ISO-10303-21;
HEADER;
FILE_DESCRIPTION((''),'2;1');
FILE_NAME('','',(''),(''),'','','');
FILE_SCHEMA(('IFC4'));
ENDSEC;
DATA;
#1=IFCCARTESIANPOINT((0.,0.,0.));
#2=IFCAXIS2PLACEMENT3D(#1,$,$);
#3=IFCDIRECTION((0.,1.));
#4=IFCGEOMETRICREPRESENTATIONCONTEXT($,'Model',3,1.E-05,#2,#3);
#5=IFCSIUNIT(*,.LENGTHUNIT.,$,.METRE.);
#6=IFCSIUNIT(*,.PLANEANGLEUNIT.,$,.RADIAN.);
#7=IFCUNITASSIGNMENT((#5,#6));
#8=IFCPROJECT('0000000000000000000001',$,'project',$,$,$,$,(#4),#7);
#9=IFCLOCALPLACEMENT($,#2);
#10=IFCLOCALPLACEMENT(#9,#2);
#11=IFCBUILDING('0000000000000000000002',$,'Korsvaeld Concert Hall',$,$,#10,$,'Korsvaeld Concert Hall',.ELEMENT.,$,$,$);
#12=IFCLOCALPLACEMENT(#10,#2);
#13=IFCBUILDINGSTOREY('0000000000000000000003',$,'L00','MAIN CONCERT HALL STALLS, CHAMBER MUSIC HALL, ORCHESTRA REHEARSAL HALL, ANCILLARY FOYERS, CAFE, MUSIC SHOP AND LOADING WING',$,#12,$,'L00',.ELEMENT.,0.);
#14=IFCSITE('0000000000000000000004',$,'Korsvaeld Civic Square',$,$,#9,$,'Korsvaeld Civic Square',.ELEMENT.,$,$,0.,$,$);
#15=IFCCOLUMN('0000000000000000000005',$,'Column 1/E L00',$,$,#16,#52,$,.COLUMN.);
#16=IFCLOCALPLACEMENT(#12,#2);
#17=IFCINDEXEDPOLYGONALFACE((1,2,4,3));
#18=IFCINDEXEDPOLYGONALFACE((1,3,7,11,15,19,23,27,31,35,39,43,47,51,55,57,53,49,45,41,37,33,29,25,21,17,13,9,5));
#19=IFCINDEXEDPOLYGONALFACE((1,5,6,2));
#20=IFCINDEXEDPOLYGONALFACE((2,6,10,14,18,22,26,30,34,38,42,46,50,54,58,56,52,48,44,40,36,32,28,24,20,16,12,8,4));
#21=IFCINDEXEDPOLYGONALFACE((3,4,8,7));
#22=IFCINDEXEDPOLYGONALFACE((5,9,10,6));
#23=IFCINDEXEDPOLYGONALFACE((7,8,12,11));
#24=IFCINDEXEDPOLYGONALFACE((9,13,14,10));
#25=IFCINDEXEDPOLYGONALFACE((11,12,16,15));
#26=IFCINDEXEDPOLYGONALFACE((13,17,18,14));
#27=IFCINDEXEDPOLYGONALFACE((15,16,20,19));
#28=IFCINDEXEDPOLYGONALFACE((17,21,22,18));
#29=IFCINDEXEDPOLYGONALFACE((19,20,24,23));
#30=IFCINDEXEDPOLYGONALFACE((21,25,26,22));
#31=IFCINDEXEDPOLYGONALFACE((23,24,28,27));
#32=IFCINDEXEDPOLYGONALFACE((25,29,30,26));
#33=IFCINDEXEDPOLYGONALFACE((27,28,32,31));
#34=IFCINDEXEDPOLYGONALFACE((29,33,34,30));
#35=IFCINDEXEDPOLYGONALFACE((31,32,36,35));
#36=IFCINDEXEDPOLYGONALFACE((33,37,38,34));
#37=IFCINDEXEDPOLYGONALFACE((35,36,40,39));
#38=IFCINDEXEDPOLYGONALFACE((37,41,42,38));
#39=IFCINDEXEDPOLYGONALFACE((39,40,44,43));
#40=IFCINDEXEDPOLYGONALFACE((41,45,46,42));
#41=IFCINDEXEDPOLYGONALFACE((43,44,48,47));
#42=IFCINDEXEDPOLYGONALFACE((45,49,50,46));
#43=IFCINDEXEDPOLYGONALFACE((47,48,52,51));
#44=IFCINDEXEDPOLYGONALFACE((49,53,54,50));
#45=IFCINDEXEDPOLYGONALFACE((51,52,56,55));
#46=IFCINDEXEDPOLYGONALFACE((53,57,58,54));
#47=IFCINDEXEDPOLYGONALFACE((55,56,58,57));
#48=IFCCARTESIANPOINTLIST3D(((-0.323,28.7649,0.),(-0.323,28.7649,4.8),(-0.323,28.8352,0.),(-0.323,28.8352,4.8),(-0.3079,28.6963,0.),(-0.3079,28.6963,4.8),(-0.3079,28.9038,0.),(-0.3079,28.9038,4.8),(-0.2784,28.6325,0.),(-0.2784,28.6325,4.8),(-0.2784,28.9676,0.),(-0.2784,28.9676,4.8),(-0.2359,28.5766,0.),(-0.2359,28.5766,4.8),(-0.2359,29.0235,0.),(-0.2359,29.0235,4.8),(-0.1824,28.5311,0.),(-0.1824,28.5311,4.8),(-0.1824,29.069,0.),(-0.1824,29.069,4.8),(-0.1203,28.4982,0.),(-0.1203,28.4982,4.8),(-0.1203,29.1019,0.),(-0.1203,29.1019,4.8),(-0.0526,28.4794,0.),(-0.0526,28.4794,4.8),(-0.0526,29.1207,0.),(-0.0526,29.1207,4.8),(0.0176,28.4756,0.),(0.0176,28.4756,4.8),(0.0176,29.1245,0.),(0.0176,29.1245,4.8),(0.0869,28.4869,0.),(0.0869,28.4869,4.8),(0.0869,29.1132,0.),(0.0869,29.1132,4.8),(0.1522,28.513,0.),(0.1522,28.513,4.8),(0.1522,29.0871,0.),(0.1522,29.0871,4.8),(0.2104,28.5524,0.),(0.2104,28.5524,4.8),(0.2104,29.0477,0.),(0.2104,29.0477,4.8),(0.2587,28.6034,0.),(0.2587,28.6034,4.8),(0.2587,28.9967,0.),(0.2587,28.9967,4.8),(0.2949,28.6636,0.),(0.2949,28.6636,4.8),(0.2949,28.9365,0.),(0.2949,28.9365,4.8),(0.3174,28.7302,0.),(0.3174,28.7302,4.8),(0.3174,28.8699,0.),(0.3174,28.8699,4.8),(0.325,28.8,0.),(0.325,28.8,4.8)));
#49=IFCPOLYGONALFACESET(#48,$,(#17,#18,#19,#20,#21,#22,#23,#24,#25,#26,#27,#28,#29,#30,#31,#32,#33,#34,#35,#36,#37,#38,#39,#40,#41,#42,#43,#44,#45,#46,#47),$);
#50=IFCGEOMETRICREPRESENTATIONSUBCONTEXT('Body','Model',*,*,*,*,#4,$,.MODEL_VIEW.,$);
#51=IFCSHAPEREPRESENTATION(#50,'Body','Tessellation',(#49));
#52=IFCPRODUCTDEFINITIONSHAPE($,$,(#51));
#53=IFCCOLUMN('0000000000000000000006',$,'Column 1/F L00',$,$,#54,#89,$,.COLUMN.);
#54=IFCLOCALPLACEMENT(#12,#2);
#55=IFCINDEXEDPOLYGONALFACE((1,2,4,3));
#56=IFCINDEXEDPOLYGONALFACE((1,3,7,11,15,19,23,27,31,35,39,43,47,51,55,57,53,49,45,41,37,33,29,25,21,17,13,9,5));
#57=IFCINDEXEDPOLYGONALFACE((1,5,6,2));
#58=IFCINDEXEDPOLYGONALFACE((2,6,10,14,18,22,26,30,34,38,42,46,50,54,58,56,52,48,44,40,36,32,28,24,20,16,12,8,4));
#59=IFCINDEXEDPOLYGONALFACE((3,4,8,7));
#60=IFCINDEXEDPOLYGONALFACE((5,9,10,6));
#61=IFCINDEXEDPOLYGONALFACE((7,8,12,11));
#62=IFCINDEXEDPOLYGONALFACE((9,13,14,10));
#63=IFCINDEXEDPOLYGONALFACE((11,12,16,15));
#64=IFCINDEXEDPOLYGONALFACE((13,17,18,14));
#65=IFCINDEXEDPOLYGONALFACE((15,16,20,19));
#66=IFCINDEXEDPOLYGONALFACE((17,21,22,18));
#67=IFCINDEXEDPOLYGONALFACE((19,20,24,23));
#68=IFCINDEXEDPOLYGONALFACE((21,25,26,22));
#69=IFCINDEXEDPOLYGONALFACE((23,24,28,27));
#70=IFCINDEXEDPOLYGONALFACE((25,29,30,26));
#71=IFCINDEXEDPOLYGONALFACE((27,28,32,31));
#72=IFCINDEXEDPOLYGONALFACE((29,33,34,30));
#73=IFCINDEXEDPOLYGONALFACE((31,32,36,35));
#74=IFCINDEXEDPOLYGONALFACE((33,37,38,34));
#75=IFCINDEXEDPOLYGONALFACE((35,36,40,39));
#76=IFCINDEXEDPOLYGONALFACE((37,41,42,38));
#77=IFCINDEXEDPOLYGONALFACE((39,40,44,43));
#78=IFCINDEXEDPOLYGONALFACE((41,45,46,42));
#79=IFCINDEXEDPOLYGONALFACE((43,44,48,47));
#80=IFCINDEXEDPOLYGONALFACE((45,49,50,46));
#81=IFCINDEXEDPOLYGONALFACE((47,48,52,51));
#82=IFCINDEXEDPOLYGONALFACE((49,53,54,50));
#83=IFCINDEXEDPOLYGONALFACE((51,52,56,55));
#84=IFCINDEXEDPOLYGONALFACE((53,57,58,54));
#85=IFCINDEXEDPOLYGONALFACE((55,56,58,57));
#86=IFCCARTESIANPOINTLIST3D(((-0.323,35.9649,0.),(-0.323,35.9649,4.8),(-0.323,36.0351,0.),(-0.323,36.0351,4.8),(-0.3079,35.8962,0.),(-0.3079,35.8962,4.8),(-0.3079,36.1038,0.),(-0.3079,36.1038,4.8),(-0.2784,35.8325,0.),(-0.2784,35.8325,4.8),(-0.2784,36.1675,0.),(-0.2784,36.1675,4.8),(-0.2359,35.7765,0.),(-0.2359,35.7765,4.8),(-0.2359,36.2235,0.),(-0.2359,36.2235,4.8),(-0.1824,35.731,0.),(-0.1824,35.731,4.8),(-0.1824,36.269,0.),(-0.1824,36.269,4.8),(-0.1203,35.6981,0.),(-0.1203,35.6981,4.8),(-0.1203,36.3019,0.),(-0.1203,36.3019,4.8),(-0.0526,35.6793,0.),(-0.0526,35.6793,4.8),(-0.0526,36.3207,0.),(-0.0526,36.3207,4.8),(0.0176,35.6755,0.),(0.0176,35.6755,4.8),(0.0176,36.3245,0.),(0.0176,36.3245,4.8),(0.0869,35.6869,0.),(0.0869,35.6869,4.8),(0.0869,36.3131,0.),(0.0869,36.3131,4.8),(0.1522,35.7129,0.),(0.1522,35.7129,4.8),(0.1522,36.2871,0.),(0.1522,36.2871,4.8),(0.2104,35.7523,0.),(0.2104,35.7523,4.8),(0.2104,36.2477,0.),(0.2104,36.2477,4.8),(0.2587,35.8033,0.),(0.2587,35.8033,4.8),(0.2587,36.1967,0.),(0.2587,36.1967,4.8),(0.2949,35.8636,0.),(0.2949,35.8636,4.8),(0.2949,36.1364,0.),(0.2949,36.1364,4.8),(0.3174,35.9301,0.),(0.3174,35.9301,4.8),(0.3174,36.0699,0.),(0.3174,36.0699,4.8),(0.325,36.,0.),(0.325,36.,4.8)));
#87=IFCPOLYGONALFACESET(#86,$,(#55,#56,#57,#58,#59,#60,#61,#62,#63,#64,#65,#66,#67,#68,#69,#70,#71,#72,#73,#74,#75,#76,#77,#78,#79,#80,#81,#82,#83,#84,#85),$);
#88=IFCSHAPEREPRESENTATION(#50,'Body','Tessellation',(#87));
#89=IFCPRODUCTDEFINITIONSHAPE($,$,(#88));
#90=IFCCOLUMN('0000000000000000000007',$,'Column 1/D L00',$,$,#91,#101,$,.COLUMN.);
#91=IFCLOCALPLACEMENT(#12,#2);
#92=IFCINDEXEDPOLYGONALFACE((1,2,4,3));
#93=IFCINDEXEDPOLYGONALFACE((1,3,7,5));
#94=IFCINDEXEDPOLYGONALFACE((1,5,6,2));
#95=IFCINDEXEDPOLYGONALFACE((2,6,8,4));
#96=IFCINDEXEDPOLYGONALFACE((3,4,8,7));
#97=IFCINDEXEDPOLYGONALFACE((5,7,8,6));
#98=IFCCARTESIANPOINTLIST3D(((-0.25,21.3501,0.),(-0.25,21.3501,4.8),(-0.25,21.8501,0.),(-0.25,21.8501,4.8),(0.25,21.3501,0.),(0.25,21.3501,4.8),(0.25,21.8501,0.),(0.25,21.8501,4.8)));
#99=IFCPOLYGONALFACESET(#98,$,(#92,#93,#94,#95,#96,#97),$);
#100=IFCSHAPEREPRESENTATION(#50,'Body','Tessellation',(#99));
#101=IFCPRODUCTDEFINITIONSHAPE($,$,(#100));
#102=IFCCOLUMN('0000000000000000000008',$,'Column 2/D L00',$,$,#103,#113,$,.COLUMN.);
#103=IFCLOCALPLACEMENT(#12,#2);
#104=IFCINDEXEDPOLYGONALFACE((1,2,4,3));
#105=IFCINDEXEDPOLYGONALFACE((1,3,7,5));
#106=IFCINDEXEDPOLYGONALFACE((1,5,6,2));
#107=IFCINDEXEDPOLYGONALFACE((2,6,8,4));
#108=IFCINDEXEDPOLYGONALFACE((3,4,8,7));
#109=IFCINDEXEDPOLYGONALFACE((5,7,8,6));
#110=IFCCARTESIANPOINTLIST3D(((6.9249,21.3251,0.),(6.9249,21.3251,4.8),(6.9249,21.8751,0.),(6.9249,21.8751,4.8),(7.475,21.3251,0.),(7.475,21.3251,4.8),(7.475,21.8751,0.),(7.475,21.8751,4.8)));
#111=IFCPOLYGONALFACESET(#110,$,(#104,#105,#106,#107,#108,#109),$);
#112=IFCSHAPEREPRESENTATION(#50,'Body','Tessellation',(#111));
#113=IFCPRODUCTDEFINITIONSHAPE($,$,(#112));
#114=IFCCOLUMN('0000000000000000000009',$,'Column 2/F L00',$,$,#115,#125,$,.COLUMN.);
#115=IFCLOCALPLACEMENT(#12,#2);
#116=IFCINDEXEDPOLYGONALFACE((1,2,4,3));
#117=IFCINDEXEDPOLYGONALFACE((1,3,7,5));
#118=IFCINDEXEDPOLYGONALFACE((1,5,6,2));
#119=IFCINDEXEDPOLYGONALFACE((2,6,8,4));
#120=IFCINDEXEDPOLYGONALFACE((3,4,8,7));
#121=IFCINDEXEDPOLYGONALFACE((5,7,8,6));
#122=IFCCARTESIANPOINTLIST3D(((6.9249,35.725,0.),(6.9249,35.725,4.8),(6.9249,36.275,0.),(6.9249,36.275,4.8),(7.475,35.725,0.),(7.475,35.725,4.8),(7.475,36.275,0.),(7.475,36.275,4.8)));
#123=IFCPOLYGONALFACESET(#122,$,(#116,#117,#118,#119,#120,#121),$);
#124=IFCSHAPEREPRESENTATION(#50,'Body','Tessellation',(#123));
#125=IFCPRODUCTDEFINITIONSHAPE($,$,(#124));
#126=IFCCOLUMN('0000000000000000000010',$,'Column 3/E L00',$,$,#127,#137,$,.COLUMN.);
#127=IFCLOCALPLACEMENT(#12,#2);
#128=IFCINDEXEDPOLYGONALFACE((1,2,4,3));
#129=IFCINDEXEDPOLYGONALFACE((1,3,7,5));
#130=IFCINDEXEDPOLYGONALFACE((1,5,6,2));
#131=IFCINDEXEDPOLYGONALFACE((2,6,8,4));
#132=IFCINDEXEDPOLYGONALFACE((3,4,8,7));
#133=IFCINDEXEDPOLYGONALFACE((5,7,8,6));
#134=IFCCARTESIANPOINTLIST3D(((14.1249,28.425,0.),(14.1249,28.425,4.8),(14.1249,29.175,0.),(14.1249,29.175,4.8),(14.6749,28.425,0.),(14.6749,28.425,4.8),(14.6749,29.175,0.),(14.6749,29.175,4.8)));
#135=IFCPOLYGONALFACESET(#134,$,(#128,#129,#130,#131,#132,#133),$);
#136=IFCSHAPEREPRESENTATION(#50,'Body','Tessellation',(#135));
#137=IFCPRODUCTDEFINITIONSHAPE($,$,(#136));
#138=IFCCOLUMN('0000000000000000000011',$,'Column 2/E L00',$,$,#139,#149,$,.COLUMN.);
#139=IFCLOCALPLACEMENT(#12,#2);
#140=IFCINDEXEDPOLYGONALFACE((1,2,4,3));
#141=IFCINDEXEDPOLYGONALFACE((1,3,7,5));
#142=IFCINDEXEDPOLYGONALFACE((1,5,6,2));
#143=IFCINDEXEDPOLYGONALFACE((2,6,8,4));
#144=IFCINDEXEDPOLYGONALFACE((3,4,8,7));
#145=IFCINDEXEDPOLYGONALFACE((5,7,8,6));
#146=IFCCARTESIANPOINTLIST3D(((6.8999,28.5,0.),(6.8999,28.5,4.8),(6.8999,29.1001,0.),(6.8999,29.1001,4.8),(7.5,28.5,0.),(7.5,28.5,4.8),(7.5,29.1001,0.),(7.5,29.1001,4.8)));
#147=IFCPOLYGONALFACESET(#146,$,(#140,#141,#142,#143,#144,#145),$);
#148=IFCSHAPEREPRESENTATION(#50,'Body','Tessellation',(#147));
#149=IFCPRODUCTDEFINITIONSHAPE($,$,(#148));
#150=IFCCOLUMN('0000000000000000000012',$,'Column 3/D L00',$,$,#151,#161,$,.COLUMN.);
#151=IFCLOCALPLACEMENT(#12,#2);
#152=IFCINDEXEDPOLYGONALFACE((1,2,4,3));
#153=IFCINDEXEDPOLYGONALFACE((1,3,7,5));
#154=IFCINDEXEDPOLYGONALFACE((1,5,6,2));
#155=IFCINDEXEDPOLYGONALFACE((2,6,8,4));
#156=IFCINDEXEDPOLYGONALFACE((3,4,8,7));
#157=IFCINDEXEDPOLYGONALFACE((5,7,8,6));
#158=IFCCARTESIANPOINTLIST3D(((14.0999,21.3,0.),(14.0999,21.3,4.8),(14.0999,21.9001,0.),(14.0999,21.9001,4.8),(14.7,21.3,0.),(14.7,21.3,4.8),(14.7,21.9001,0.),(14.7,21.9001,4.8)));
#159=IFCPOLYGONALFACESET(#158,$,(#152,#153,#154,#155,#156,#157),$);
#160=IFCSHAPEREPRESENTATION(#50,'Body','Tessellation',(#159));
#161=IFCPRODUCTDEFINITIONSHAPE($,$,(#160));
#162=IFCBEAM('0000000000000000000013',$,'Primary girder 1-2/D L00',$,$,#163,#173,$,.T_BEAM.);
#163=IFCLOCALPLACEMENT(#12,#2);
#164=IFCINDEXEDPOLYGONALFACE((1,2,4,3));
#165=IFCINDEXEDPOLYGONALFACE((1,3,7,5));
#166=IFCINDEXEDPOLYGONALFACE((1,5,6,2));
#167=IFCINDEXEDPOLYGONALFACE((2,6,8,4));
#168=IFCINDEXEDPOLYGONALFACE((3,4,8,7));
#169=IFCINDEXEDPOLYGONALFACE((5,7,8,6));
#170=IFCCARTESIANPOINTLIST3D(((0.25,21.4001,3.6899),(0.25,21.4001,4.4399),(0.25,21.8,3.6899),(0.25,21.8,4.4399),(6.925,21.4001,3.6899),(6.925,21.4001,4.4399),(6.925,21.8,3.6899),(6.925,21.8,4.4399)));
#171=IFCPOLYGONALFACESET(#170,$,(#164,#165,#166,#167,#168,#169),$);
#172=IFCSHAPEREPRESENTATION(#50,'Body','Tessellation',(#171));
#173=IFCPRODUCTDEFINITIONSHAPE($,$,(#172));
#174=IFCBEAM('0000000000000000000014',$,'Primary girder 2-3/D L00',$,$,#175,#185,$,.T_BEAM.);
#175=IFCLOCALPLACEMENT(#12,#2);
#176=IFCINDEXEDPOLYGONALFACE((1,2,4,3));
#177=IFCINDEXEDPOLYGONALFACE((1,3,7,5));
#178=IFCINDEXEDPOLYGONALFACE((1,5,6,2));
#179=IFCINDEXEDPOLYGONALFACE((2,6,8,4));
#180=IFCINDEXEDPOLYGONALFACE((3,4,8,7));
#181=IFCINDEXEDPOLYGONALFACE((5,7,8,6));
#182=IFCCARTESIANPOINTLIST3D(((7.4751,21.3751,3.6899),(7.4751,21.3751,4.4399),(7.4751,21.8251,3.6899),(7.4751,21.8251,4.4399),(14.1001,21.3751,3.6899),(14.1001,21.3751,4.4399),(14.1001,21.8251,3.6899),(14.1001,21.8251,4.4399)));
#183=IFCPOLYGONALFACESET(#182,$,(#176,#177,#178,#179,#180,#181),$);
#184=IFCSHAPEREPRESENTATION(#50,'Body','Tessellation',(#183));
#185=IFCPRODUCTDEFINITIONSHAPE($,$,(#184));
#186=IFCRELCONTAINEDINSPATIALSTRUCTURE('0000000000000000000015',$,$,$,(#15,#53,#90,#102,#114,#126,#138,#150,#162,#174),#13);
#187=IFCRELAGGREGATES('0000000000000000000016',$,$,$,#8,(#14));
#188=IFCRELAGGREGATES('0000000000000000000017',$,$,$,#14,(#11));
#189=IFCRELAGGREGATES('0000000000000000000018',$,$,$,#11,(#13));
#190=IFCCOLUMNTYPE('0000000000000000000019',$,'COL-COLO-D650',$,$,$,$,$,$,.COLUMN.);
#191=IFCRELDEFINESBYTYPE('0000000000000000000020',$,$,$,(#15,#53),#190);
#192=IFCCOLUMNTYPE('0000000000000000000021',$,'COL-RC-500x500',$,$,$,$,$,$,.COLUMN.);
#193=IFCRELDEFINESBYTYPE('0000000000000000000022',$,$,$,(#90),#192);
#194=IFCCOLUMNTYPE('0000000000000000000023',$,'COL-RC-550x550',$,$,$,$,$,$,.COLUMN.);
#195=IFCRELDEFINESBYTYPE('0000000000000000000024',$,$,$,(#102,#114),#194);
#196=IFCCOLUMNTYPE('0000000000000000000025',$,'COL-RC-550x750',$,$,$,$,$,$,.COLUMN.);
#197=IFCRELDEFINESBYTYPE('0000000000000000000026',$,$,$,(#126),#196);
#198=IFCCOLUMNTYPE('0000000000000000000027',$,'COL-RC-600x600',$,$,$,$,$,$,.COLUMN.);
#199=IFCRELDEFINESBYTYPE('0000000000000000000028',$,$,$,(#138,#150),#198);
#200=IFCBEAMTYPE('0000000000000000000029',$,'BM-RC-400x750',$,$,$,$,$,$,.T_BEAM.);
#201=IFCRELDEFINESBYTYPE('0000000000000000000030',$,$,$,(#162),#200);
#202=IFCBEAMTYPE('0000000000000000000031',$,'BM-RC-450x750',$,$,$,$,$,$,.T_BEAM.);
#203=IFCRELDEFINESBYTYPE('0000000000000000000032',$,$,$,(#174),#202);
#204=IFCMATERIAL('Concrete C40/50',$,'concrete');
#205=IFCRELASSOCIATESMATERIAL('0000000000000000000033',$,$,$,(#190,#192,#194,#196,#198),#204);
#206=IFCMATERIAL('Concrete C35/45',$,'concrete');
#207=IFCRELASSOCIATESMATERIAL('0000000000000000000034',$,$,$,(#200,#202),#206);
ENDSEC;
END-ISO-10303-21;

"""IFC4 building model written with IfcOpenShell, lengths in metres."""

from ifc_helpers import new_model, si_unit, direction, frame, origin, origin_2d, place, context, subcontext, project, spatial, rectangle, circle, extrude, material, material_profile, profile_set, type_object, element, save


model = new_model("IFC4")

# Units and contexts
model_context = context("Model", 3, precision=1e-05, world=origin(), true_north=direction((0.0, 1.0)))
body_context = subcontext(model_context, "Body", "Model", "MODEL_VIEW")
ifc_project = project(units=[si_unit("LENGTHUNIT", "METRE"), si_unit("PLANEANGLEUNIT", "RADIAN")], contexts=[model_context])

# Site, building, storey
site_placement = place(None, origin())
site = spatial("IfcSite", under=ifc_project, at=site_placement, Name="Korsvaeld Civic Square", LongName="Korsvaeld Civic Square", CompositionType="ELEMENT", RefElevation=0.0)
building_placement = place(site_placement, origin())
building = spatial("IfcBuilding", under=site, at=building_placement, Name="Korsvaeld Concert Hall", LongName="Korsvaeld Concert Hall", CompositionType="ELEMENT")
storey_placement = place(building_placement, origin())
storey = spatial("IfcBuildingStorey", under=building, at=storey_placement, Name="L00", Description="MAIN CONCERT HALL STALLS, CHAMBER MUSIC HALL, ORCHESTRA REHEARSAL HALL, ANCILLARY FOYERS, CAFE, MUSIC SHOP AND LOADING WING", LongName="L00", CompositionType="ELEMENT", Elevation=0.0)

# Columns
ifc_material_1 = material(Name="Concrete C40/50", Category="concrete")
ifc_material_profile_1 = material_profile(ifc_material_1, circle(Radius=0.325, at=origin_2d()), Name="RC D650")
ifc_profile_set_1 = profile_set([ifc_material_profile_1], Name="Concrete C40/50")
column_type_1 = type_object("IfcColumnType", Name="COL-COLO-D650", PredefinedType="COLUMN", material=ifc_profile_set_1)
for number, where, z_axis, x_axis, name in (
    (1, (0.0, 28.8, 0.0), (0.0, 0.0, 1.0), (1.0, 0.0, 0.0), "Column 1/E L00"),
    (2, (0.0, 36.0, 0.0), (0.0, 0.0, 1.0), (1.0, 0.0, 0.0), "Column 1/F L00"),
):
    element("IfcColumn", number, at=place(storey_placement, frame(where, z_axis=z_axis, x_axis=x_axis)), inside=storey, type_object=column_type_1, Name=name, PredefinedType="COLUMN", context=body_context, shape_type="SweptSolid", body=[
        extrude(circle(Radius=0.325, at=origin_2d()), origin(), (0.0, 0.0, 1.0), 4.8),
    ])
ifc_material_profile_2 = material_profile(ifc_material_1, rectangle(XDim=0.5, YDim=0.5, at=origin_2d()), Name="RC 500x500")
ifc_profile_set_2 = profile_set([ifc_material_profile_2], Name="Concrete C40/50")
column_type_2 = type_object("IfcColumnType", Name="COL-RC-500x500", PredefinedType="COLUMN", material=ifc_profile_set_2)
column_1_placement = place(storey_placement, frame((0.0, 21.6001, 0.0), z_axis=(0.0, 0.0, 1.0), x_axis=(1.0, 0.0, 0.0)))
element("IfcColumn", 3, at=column_1_placement, inside=storey, type_object=column_type_2, Name="Column 1/D L00", PredefinedType="COLUMN", context=body_context, shape_type="SweptSolid", body=[
    extrude(rectangle(XDim=0.5, YDim=0.5, at=origin_2d()), origin(), (0.0, 0.0, 1.0), 4.8),
])
ifc_material_profile_3 = material_profile(ifc_material_1, rectangle(XDim=0.55, YDim=0.55, at=origin_2d()), Name="RC 550x550")
ifc_profile_set_3 = profile_set([ifc_material_profile_3], Name="Concrete C40/50")
column_type_3 = type_object("IfcColumnType", Name="COL-RC-550x550", PredefinedType="COLUMN", material=ifc_profile_set_3)
for number, where, z_axis, x_axis, name in (
    (4, (7.2, 21.6001, 0.0), (0.0, 0.0, 1.0), (1.0, 0.0, 0.0), "Column 2/D L00"),
    (5, (7.2, 36.0, 0.0), (0.0, 0.0, 1.0), (1.0, 0.0, 0.0), "Column 2/F L00"),
):
    element("IfcColumn", number, at=place(storey_placement, frame(where, z_axis=z_axis, x_axis=x_axis)), inside=storey, type_object=column_type_3, Name=name, PredefinedType="COLUMN", context=body_context, shape_type="SweptSolid", body=[
        extrude(rectangle(XDim=0.55, YDim=0.55, at=origin_2d()), origin(), (0.0, 0.0, 1.0), 4.8),
    ])
ifc_material_profile_4 = material_profile(ifc_material_1, rectangle(XDim=0.55, YDim=0.75, at=origin_2d()), Name="RC 550x750")
ifc_profile_set_4 = profile_set([ifc_material_profile_4], Name="Concrete C40/50")
column_type_4 = type_object("IfcColumnType", Name="COL-RC-550x750", PredefinedType="COLUMN", material=ifc_profile_set_4)
column_2_placement = place(storey_placement, frame((14.3999, 28.8, 0.0), z_axis=(0.0, 0.0, 1.0), x_axis=(1.0, 0.0, 0.0)))
element("IfcColumn", 6, at=column_2_placement, inside=storey, type_object=column_type_4, Name="Column 3/E L00", PredefinedType="COLUMN", context=body_context, shape_type="SweptSolid", body=[
    extrude(rectangle(XDim=0.55, YDim=0.75, at=origin_2d()), origin(), (0.0, 0.0, 1.0), 4.8),
])
ifc_material_profile_5 = material_profile(ifc_material_1, rectangle(XDim=0.6001, YDim=0.6001, at=origin_2d()), Name="RC 600x600")
ifc_profile_set_5 = profile_set([ifc_material_profile_5], Name="Concrete C40/50")
column_type_5 = type_object("IfcColumnType", Name="COL-RC-600x600", PredefinedType="COLUMN", material=ifc_profile_set_5)
for number, where, z_axis, x_axis, name in (
    (7, (7.2, 28.8, 0.0), (0.0, 0.0, 1.0), (1.0, 0.0, 0.0), "Column 2/E L00"),
    (8, (14.3999, 21.6001, 0.0), (0.0, 0.0, 1.0), (1.0, 0.0, 0.0), "Column 3/D L00"),
):
    element("IfcColumn", number, at=place(storey_placement, frame(where, z_axis=z_axis, x_axis=x_axis)), inside=storey, type_object=column_type_5, Name=name, PredefinedType="COLUMN", context=body_context, shape_type="SweptSolid", body=[
        extrude(rectangle(XDim=0.6001, YDim=0.6001, at=origin_2d()), origin(), (0.0, 0.0, 1.0), 4.8),
    ])

# Beams
ifc_material_2 = material(Name="Concrete C35/45", Category="concrete")
ifc_material_profile_6 = material_profile(ifc_material_2, rectangle(XDim=0.3999, YDim=0.75, at=origin_2d()), Name="RC 400x750")
ifc_profile_set_6 = profile_set([ifc_material_profile_6], Name="Concrete C35/45")
beam_type_1 = type_object("IfcBeamType", Name="BM-RC-400x750", PredefinedType="T_BEAM", material=ifc_profile_set_6)
beam_1_placement = place(storey_placement, frame((0.25, 21.6001, 4.0649), z_axis=(1.0, 0.0, 0.0), x_axis=(0.0, 1.0, 0.0)))
element("IfcBeam", 9, at=beam_1_placement, inside=storey, type_object=beam_type_1, Name="Primary girder 1-2/D L00", PredefinedType="T_BEAM", context=body_context, shape_type="SweptSolid", body=[
    extrude(rectangle(XDim=0.3999, YDim=0.75, at=origin_2d()), origin(), (0.0, 0.0, 1.0), 6.675),
])
ifc_material_profile_7 = material_profile(ifc_material_2, rectangle(XDim=0.45, YDim=0.75, at=origin_2d()), Name="RC 450x750")
ifc_profile_set_7 = profile_set([ifc_material_profile_7], Name="Concrete C35/45")
beam_type_2 = type_object("IfcBeamType", Name="BM-RC-450x750", PredefinedType="T_BEAM", material=ifc_profile_set_7)
beam_2_placement = place(storey_placement, frame((7.4751, 21.6001, 4.0649), z_axis=(1.0, 0.0, 0.0), x_axis=(0.0, 1.0, 0.0)))
element("IfcBeam", 10, at=beam_2_placement, inside=storey, type_object=beam_type_2, Name="Primary girder 2-3/D L00", PredefinedType="T_BEAM", context=body_context, shape_type="SweptSolid", body=[
    extrude(rectangle(XDim=0.45, YDim=0.75, at=origin_2d()), origin(), (0.0, 0.0, 1.0), 6.625),
])

save(model, "model.ifc")
